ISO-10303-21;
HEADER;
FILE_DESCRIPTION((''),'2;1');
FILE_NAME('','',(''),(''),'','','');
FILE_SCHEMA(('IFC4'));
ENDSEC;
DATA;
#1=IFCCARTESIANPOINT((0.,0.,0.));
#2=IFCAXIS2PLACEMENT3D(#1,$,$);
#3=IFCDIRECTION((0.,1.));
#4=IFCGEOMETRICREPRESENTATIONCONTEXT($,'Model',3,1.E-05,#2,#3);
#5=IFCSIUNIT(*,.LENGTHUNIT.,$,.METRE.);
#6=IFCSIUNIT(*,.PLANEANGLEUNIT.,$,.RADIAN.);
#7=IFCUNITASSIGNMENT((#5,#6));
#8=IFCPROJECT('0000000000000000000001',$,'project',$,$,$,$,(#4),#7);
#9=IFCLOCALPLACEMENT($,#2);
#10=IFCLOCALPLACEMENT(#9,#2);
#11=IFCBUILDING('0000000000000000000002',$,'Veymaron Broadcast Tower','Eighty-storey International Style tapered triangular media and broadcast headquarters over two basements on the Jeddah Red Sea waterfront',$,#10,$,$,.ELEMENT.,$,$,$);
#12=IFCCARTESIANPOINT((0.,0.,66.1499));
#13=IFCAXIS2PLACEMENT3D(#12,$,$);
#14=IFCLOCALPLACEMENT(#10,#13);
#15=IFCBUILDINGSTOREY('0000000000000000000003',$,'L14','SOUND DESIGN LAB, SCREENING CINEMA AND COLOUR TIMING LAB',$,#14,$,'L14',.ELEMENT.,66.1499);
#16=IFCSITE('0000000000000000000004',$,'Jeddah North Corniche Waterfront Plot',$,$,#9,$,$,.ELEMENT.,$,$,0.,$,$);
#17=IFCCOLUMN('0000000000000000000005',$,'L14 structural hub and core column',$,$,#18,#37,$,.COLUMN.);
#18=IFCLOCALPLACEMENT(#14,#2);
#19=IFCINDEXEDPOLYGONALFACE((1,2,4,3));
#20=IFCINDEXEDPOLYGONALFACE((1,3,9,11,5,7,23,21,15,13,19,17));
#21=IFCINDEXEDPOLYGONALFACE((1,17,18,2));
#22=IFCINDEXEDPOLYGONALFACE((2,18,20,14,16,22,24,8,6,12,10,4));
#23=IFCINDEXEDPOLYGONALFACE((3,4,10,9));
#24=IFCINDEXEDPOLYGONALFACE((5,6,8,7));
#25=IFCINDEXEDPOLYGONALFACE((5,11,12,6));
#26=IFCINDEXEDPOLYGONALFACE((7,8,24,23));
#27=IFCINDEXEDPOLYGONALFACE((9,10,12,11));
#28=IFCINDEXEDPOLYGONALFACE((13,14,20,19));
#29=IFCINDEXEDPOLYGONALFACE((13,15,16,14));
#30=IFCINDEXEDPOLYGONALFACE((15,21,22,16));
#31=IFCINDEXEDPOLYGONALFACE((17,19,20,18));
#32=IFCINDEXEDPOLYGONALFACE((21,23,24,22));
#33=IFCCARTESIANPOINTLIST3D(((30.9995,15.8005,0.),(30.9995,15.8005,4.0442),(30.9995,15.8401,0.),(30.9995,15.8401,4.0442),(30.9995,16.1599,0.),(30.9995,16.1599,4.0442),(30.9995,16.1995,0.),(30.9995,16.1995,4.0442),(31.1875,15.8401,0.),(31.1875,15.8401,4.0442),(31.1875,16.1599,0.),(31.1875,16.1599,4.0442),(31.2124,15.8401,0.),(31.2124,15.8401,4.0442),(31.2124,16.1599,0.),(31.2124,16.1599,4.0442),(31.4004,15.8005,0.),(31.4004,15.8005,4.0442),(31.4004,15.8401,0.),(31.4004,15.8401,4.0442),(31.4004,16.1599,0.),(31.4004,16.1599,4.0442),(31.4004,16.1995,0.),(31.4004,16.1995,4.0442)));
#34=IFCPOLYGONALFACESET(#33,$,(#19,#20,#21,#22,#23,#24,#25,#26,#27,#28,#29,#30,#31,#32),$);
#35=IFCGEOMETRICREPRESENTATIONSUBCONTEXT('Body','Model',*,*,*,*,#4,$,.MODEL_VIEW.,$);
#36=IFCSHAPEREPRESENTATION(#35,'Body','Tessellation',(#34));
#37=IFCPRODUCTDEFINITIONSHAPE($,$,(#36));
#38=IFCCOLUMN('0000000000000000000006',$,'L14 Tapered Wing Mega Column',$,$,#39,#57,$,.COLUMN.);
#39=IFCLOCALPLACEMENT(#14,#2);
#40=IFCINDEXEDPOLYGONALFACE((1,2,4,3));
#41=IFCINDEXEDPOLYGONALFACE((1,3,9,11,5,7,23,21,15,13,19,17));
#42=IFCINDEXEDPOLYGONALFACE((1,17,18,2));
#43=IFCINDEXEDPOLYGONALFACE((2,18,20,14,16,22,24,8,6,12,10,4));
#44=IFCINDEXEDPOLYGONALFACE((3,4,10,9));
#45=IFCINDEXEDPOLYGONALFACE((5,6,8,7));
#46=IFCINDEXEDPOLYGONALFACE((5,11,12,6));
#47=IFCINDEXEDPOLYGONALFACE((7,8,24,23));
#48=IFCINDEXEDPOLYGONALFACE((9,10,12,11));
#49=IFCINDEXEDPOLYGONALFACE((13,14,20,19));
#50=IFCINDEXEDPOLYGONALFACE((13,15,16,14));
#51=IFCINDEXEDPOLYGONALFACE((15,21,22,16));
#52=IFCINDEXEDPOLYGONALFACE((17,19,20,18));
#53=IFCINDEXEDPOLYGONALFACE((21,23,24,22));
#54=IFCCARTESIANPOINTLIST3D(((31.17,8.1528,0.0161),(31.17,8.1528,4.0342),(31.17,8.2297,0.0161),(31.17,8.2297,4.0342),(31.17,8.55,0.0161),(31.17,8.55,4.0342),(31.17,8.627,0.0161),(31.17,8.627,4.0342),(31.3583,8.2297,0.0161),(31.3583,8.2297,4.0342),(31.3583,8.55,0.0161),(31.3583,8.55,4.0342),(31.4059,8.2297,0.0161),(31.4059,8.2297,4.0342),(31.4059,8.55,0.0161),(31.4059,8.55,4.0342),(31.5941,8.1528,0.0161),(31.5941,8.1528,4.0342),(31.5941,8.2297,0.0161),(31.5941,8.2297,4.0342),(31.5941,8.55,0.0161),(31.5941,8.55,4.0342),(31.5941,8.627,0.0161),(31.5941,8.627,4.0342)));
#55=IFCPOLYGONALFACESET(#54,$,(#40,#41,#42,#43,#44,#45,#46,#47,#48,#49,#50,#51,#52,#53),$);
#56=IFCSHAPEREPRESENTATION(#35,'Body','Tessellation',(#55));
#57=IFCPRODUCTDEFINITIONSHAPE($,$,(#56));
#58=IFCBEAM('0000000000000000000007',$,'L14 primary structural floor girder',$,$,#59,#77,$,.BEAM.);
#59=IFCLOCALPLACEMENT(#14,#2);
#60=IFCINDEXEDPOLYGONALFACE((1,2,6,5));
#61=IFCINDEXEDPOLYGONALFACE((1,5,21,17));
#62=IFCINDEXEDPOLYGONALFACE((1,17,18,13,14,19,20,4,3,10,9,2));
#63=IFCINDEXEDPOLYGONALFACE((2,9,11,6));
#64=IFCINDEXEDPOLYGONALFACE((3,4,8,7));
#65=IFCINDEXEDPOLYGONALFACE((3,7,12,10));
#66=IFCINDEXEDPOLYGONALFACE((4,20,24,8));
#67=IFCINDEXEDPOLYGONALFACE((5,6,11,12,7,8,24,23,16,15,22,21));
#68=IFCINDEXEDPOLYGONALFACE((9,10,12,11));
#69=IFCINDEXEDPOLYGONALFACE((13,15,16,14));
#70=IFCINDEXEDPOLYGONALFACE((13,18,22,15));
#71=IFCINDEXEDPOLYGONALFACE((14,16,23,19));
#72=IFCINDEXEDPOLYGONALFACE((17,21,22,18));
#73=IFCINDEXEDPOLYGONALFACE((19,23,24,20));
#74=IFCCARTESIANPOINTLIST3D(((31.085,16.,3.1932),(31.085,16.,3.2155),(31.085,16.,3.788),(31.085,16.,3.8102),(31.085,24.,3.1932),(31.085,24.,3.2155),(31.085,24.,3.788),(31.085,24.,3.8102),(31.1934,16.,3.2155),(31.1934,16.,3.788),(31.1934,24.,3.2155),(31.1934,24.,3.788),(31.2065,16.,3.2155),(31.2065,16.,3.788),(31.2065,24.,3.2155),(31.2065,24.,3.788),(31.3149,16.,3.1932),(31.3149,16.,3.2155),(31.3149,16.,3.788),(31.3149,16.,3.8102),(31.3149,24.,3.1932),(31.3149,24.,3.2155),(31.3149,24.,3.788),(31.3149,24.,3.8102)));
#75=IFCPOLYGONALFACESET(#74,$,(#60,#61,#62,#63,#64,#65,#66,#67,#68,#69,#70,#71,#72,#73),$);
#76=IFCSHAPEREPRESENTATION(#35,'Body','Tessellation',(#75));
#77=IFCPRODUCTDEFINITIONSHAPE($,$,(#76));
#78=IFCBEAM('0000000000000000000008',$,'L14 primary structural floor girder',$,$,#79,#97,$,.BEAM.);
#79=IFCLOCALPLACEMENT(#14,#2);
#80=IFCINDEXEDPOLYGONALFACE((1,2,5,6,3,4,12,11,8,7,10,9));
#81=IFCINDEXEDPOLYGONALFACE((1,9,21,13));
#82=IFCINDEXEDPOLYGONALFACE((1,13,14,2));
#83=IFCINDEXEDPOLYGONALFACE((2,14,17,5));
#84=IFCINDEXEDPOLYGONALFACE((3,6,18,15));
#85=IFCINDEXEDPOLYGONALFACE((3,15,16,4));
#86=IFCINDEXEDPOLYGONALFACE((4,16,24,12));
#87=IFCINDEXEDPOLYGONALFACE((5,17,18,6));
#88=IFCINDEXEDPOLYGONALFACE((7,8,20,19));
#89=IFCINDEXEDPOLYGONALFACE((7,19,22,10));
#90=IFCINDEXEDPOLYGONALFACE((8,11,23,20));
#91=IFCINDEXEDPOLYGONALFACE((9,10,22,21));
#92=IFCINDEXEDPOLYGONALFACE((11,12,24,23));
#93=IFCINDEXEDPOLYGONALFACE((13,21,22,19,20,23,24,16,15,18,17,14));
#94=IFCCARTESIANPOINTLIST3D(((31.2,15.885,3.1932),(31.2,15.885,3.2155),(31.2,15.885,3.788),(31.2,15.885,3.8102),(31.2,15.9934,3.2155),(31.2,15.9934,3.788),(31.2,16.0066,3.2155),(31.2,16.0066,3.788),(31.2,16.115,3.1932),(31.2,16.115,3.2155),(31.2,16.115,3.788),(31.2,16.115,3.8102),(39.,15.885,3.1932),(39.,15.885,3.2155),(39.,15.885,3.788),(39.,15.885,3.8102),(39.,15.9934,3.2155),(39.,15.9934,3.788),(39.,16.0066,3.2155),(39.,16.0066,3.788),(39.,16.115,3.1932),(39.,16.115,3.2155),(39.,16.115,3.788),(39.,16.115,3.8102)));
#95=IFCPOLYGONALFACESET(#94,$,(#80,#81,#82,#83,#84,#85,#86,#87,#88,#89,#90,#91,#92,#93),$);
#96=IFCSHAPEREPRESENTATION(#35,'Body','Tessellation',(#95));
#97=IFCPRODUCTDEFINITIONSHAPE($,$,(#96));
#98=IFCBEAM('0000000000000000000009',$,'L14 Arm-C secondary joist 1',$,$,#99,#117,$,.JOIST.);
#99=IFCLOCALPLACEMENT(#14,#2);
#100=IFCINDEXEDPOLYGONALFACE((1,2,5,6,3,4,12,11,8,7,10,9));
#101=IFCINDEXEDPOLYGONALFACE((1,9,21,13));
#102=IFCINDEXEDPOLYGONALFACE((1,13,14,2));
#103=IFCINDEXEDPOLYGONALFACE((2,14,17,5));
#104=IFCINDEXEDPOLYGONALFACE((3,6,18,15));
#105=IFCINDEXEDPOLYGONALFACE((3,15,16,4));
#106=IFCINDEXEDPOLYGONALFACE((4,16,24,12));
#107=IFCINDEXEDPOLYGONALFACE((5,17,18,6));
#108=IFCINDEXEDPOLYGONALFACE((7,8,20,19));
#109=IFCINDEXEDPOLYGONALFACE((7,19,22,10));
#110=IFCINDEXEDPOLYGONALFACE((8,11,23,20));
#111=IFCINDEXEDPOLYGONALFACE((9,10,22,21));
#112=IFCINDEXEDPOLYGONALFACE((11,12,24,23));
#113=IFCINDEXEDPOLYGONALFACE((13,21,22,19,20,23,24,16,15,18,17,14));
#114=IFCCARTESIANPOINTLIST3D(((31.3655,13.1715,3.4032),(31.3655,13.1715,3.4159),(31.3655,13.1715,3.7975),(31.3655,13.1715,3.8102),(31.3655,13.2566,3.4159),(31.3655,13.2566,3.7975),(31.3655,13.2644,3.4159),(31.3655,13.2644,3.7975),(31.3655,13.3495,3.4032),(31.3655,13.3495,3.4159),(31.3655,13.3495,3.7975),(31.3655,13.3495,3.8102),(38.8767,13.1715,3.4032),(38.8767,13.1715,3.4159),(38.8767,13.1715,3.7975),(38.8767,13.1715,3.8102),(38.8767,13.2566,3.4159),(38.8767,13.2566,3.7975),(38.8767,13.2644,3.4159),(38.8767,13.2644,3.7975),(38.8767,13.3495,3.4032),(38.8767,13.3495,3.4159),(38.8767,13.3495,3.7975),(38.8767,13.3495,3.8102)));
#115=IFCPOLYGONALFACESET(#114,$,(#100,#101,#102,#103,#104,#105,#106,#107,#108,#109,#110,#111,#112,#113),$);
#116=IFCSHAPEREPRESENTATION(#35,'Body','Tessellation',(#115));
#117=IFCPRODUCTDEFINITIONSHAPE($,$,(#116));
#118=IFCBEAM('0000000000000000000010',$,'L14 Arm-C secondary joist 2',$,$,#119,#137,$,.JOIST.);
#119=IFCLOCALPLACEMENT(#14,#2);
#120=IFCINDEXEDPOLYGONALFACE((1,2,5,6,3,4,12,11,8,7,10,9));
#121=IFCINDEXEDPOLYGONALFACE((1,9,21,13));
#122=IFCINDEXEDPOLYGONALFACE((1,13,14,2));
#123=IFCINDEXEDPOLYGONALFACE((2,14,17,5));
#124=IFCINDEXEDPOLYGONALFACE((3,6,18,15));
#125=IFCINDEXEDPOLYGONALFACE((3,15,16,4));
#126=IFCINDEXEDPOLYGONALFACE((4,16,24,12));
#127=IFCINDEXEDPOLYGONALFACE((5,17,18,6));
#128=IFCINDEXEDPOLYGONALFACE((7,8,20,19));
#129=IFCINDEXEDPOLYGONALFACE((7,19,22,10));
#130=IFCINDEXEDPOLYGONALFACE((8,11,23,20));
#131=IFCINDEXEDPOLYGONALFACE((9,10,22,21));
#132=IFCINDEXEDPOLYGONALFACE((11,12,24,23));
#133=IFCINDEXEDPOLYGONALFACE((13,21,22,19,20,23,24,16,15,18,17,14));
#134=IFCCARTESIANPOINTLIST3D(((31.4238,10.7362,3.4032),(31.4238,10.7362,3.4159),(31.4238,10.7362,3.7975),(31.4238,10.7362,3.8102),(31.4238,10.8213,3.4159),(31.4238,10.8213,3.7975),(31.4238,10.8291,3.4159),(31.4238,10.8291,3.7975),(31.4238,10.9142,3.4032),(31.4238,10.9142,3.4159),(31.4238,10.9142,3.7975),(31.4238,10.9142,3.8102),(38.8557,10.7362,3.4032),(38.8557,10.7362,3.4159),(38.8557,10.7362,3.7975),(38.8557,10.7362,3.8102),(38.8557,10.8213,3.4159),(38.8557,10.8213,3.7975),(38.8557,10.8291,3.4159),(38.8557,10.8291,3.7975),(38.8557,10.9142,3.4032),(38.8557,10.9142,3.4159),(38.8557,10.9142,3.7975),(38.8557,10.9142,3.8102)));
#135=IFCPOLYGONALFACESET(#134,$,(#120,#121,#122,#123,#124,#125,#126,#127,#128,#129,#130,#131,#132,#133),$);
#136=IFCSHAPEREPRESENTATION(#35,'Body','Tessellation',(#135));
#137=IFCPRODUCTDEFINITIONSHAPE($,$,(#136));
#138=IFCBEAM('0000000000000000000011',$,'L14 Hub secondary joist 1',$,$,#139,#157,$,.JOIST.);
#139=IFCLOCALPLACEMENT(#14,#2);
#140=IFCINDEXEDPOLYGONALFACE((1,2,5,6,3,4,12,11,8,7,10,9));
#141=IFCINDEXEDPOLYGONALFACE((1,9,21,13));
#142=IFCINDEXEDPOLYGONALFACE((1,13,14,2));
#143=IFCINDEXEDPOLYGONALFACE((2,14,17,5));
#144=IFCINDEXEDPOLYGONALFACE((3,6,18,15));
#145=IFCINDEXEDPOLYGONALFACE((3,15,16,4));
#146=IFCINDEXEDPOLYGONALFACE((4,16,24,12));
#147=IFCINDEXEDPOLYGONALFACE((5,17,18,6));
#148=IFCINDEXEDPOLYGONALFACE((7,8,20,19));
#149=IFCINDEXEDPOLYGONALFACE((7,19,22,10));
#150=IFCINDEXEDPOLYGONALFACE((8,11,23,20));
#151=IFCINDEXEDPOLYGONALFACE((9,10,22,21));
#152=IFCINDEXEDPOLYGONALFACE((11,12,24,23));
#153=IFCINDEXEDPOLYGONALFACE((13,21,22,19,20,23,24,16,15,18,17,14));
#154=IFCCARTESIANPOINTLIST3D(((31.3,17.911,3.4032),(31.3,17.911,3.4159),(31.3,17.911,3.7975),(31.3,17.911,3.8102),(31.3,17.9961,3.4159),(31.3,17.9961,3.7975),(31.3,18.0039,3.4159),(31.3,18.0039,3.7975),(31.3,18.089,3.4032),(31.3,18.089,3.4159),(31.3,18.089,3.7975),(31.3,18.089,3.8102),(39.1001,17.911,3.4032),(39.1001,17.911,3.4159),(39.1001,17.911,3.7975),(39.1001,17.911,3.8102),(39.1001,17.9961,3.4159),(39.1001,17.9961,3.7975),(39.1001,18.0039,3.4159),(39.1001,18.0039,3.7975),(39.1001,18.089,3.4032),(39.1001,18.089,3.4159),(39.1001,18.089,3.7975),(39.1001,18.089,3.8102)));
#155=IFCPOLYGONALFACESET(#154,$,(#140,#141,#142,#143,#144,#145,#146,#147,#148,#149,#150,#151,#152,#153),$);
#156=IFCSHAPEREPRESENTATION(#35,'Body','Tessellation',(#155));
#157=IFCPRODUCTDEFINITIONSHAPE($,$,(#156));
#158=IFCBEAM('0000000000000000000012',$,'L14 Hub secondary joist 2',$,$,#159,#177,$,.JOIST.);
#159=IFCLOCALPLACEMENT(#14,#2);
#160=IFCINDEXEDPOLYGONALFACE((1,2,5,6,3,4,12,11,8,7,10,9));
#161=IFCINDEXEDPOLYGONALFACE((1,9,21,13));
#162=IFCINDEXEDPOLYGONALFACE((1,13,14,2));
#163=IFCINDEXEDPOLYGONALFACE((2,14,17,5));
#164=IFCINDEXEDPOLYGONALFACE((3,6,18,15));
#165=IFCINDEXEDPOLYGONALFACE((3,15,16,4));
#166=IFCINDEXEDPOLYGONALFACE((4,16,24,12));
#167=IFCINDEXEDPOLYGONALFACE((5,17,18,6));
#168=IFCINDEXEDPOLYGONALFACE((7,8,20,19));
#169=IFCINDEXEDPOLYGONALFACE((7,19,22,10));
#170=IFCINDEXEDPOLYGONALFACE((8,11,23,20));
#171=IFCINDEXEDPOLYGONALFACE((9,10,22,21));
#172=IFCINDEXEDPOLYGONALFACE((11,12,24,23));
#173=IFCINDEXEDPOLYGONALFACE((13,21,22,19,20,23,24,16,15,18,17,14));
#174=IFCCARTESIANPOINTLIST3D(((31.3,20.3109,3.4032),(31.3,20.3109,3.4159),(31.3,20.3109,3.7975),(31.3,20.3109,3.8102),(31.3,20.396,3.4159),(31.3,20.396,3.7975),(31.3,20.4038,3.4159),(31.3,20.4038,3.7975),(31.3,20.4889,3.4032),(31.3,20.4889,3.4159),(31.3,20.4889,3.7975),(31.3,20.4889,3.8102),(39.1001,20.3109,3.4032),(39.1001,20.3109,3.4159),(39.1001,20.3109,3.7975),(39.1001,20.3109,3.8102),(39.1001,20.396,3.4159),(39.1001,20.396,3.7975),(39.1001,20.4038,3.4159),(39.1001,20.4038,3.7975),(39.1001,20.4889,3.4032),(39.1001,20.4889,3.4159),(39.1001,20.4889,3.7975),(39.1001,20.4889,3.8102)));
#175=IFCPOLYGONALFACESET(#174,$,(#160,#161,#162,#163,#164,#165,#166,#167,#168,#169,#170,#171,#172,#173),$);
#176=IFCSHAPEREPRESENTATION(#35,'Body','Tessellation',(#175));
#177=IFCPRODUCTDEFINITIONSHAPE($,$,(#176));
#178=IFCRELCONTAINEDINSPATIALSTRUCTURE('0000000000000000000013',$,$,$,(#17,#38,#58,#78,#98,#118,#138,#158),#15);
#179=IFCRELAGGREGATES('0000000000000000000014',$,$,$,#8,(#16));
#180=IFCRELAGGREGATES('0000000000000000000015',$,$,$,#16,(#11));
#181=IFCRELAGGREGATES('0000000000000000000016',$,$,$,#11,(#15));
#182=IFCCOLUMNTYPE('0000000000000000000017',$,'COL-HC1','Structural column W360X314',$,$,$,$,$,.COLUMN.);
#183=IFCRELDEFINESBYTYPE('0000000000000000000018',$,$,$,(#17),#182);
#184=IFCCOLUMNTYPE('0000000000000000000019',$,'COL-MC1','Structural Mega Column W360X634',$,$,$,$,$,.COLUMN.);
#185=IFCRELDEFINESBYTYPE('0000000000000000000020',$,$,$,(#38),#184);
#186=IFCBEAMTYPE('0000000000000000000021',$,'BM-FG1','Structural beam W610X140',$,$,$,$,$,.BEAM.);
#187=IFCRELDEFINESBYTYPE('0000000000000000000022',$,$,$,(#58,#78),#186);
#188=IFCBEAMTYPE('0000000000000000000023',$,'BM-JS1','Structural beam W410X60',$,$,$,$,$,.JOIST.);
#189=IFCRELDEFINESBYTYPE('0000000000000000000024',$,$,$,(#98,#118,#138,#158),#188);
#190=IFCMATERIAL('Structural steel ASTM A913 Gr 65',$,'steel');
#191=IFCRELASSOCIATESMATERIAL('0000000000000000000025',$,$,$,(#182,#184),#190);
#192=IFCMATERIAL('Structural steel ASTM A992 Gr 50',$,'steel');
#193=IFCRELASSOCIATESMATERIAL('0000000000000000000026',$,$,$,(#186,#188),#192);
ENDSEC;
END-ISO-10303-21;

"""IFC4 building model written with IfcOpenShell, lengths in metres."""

from ifc_helpers import new_model, si_unit, direction, frame, origin, origin_2d, place, context, subcontext, project, spatial, i_section, extrude, material, material_profile, profile_set, type_object, element, save


model = new_model("IFC4")

# Units and contexts
model_context = context("Model", 3, precision=1e-05, world=origin(), true_north=direction((0.0, 1.0)))
body_context = subcontext(model_context, "Body", "Model", "MODEL_VIEW")
ifc_project = project(units=[si_unit("LENGTHUNIT", "METRE"), si_unit("PLANEANGLEUNIT", "RADIAN")], contexts=[model_context])

# Site, building, storey
site_placement = place(None, origin())
site = spatial("IfcSite", under=ifc_project, at=site_placement, Name="Jeddah North Corniche Waterfront Plot", CompositionType="ELEMENT", RefElevation=0.0)
building_placement = place(site_placement, origin())
building = spatial("IfcBuilding", under=site, at=building_placement, Name="Veymaron Broadcast Tower", Description="Eighty-storey International Style tapered triangular media and broadcast headquarters over two basements on the Jeddah Red Sea waterfront", CompositionType="ELEMENT")
storey_placement = place(building_placement, frame((0.0, 0.0, 66.1499)))
storey = spatial("IfcBuildingStorey", under=building, at=storey_placement, Name="L14", Description="SOUND DESIGN LAB, SCREENING CINEMA AND COLOUR TIMING LAB", LongName="L14", CompositionType="ELEMENT", Elevation=66.1499)

# Columns
ifc_material_1 = material(Name="Structural steel ASTM A913 Gr 65", Category="steel")
ifc_material_profile_1 = material_profile(ifc_material_1, i_section(OverallWidth=0.4009, OverallDepth=0.3989, WebThickness=0.0249, FlangeThickness=0.0396, at=origin_2d()), Name="W360X314")
ifc_profile_set_1 = profile_set([ifc_material_profile_1], Name="Structural steel ASTM A913 Gr 65")
column_type_1 = type_object("IfcColumnType", Name="COL-HC1", Description="Structural column W360X314", PredefinedType="COLUMN", material=ifc_profile_set_1)
column_1_placement = place(storey_placement, frame((31.2, 16.0, 0.0), z_axis=(0.0, 0.0, 1.0), x_axis=(1.0, 0.0, 0.0)))
element("IfcColumn", 1, at=column_1_placement, inside=storey, type_object=column_type_1, Name="L14 structural hub and core column", PredefinedType="COLUMN", context=body_context, shape_type="SweptSolid", body=[
    extrude(i_section(OverallWidth=0.4009, OverallDepth=0.3989, WebThickness=0.0249, FlangeThickness=0.0396, at=origin_2d()), origin(), (0.0, 0.0, 1.0), 4.0442),
])
ifc_material_profile_2 = material_profile(ifc_material_1, i_section(OverallWidth=0.4241, OverallDepth=0.4741, WebThickness=0.0476, FlangeThickness=0.0769, at=origin_2d()), Name="W360X634")
ifc_profile_set_2 = profile_set([ifc_material_profile_2], Name="Structural steel ASTM A913 Gr 65")
column_type_2 = type_object("IfcColumnType", Name="COL-MC1", Description="Structural Mega Column W360X634", PredefinedType="COLUMN", material=ifc_profile_set_2)
column_2_placement = place(storey_placement, frame((31.3821, 8.3899, 0.0161), z_axis=(0.0, 0.0, 1.0), x_axis=(1.0, 0.0, 0.0)))
element("IfcColumn", 2, at=column_2_placement, inside=storey, type_object=column_type_2, Name="L14 Tapered Wing Mega Column", PredefinedType="COLUMN", context=body_context, shape_type="SweptSolid", body=[
    extrude(i_section(OverallWidth=0.4241, OverallDepth=0.4741, WebThickness=0.0476, FlangeThickness=0.0769, at=origin_2d()), origin(), (0.0, 0.0, 1.0), 4.0181),
])

# Beams
ifc_material_2 = material(Name="Structural steel ASTM A992 Gr 50", Category="steel")
ifc_material_profile_3 = material_profile(ifc_material_2, i_section(OverallWidth=0.23, OverallDepth=0.6169, WebThickness=0.0132, FlangeThickness=0.0222, at=origin_2d()), Name="W610X140")
ifc_profile_set_3 = profile_set([ifc_material_profile_3], Name="Structural steel ASTM A992 Gr 50")
beam_type_1 = type_object("IfcBeamType", Name="BM-FG1", Description="Structural beam W610X140", PredefinedType="BEAM", material=ifc_profile_set_3)
beam_1_placement = place(storey_placement, frame((31.2, 16.0, 3.5017), z_axis=(0.0, 1.0, 0.0), x_axis=(-1.0, 0.0, 0.0)))
element("IfcBeam", 3, at=beam_1_placement, inside=storey, type_object=beam_type_1, Name="L14 primary structural floor girder", PredefinedType="BEAM", context=body_context, shape_type="SweptSolid", body=[
    extrude(i_section(OverallWidth=0.23, OverallDepth=0.6169, WebThickness=0.0132, FlangeThickness=0.0222, at=origin_2d()), origin(), (0.0, 0.0, 1.0), 8.0),
])
beam_2_placement = place(storey_placement, frame((31.2, 16.0, 3.5017), z_axis=(1.0, 0.0, 0.0), x_axis=(0.0, 1.0, 0.0)))
element("IfcBeam", 4, at=beam_2_placement, inside=storey, type_object=beam_type_1, Name="L14 primary structural floor girder", PredefinedType="BEAM", context=body_context, shape_type="SweptSolid", body=[
    extrude(i_section(OverallWidth=0.23, OverallDepth=0.6169, WebThickness=0.0132, FlangeThickness=0.0222, at=origin_2d()), origin(), (0.0, 0.0, 1.0), 7.8),
])
ifc_material_profile_4 = material_profile(ifc_material_2, i_section(OverallWidth=0.178, OverallDepth=0.407, WebThickness=0.0078, FlangeThickness=0.0127, at=origin_2d()), Name="W410X60")
ifc_profile_set_4 = profile_set([ifc_material_profile_4], Name="Structural steel ASTM A992 Gr 50")
beam_type_2 = type_object("IfcBeamType", Name="BM-JS1", Description="Structural beam W410X60", PredefinedType="JOIST", material=ifc_profile_set_4)
beam_3_placement = place(storey_placement, frame((31.3655, 13.2605, 3.6067), z_axis=(1.0, 0.0, 0.0), x_axis=(0.0, 1.0, 0.0)))
element("IfcBeam", 5, at=beam_3_placement, inside=storey, type_object=beam_type_2, Name="L14 Arm-C secondary joist 1", PredefinedType="JOIST", context=body_context, shape_type="SweptSolid", body=[
    extrude(i_section(OverallWidth=0.178, OverallDepth=0.407, WebThickness=0.0078, FlangeThickness=0.0127, at=origin_2d()), origin(), (0.0, 0.0, 1.0), 7.5112),
])
beam_4_placement = place(storey_placement, frame((31.4238, 10.8252, 3.6067), z_axis=(1.0, 0.0, 0.0), x_axis=(0.0, 1.0, 0.0)))
element("IfcBeam", 6, at=beam_4_placement, inside=storey, type_object=beam_type_2, Name="L14 Arm-C secondary joist 2", PredefinedType="JOIST", context=body_context, shape_type="SweptSolid", body=[
    extrude(i_section(OverallWidth=0.178, OverallDepth=0.407, WebThickness=0.0078, FlangeThickness=0.0127, at=origin_2d()), origin(), (0.0, 0.0, 1.0), 7.4319),
])
for number, where, z_axis, x_axis, name in (
    (7, (31.3, 18.0, 3.6067), (1.0, 0.0, 0.0), (0.0, 1.0, 0.0), "L14 Hub secondary joist 1"),
    (8, (31.3, 20.3999, 3.6067), (1.0, 0.0, 0.0), (0.0, 1.0, 0.0), "L14 Hub secondary joist 2"),
):
    element("IfcBeam", number, at=place(storey_placement, frame(where, z_axis=z_axis, x_axis=x_axis)), inside=storey, type_object=beam_type_2, Name=name, PredefinedType="JOIST", context=body_context, shape_type="SweptSolid", body=[
        extrude(i_section(OverallWidth=0.178, OverallDepth=0.407, WebThickness=0.0078, FlangeThickness=0.0127, at=origin_2d()), origin(), (0.0, 0.0, 1.0), 7.8),
    ])

save(model, "model.ifc")
